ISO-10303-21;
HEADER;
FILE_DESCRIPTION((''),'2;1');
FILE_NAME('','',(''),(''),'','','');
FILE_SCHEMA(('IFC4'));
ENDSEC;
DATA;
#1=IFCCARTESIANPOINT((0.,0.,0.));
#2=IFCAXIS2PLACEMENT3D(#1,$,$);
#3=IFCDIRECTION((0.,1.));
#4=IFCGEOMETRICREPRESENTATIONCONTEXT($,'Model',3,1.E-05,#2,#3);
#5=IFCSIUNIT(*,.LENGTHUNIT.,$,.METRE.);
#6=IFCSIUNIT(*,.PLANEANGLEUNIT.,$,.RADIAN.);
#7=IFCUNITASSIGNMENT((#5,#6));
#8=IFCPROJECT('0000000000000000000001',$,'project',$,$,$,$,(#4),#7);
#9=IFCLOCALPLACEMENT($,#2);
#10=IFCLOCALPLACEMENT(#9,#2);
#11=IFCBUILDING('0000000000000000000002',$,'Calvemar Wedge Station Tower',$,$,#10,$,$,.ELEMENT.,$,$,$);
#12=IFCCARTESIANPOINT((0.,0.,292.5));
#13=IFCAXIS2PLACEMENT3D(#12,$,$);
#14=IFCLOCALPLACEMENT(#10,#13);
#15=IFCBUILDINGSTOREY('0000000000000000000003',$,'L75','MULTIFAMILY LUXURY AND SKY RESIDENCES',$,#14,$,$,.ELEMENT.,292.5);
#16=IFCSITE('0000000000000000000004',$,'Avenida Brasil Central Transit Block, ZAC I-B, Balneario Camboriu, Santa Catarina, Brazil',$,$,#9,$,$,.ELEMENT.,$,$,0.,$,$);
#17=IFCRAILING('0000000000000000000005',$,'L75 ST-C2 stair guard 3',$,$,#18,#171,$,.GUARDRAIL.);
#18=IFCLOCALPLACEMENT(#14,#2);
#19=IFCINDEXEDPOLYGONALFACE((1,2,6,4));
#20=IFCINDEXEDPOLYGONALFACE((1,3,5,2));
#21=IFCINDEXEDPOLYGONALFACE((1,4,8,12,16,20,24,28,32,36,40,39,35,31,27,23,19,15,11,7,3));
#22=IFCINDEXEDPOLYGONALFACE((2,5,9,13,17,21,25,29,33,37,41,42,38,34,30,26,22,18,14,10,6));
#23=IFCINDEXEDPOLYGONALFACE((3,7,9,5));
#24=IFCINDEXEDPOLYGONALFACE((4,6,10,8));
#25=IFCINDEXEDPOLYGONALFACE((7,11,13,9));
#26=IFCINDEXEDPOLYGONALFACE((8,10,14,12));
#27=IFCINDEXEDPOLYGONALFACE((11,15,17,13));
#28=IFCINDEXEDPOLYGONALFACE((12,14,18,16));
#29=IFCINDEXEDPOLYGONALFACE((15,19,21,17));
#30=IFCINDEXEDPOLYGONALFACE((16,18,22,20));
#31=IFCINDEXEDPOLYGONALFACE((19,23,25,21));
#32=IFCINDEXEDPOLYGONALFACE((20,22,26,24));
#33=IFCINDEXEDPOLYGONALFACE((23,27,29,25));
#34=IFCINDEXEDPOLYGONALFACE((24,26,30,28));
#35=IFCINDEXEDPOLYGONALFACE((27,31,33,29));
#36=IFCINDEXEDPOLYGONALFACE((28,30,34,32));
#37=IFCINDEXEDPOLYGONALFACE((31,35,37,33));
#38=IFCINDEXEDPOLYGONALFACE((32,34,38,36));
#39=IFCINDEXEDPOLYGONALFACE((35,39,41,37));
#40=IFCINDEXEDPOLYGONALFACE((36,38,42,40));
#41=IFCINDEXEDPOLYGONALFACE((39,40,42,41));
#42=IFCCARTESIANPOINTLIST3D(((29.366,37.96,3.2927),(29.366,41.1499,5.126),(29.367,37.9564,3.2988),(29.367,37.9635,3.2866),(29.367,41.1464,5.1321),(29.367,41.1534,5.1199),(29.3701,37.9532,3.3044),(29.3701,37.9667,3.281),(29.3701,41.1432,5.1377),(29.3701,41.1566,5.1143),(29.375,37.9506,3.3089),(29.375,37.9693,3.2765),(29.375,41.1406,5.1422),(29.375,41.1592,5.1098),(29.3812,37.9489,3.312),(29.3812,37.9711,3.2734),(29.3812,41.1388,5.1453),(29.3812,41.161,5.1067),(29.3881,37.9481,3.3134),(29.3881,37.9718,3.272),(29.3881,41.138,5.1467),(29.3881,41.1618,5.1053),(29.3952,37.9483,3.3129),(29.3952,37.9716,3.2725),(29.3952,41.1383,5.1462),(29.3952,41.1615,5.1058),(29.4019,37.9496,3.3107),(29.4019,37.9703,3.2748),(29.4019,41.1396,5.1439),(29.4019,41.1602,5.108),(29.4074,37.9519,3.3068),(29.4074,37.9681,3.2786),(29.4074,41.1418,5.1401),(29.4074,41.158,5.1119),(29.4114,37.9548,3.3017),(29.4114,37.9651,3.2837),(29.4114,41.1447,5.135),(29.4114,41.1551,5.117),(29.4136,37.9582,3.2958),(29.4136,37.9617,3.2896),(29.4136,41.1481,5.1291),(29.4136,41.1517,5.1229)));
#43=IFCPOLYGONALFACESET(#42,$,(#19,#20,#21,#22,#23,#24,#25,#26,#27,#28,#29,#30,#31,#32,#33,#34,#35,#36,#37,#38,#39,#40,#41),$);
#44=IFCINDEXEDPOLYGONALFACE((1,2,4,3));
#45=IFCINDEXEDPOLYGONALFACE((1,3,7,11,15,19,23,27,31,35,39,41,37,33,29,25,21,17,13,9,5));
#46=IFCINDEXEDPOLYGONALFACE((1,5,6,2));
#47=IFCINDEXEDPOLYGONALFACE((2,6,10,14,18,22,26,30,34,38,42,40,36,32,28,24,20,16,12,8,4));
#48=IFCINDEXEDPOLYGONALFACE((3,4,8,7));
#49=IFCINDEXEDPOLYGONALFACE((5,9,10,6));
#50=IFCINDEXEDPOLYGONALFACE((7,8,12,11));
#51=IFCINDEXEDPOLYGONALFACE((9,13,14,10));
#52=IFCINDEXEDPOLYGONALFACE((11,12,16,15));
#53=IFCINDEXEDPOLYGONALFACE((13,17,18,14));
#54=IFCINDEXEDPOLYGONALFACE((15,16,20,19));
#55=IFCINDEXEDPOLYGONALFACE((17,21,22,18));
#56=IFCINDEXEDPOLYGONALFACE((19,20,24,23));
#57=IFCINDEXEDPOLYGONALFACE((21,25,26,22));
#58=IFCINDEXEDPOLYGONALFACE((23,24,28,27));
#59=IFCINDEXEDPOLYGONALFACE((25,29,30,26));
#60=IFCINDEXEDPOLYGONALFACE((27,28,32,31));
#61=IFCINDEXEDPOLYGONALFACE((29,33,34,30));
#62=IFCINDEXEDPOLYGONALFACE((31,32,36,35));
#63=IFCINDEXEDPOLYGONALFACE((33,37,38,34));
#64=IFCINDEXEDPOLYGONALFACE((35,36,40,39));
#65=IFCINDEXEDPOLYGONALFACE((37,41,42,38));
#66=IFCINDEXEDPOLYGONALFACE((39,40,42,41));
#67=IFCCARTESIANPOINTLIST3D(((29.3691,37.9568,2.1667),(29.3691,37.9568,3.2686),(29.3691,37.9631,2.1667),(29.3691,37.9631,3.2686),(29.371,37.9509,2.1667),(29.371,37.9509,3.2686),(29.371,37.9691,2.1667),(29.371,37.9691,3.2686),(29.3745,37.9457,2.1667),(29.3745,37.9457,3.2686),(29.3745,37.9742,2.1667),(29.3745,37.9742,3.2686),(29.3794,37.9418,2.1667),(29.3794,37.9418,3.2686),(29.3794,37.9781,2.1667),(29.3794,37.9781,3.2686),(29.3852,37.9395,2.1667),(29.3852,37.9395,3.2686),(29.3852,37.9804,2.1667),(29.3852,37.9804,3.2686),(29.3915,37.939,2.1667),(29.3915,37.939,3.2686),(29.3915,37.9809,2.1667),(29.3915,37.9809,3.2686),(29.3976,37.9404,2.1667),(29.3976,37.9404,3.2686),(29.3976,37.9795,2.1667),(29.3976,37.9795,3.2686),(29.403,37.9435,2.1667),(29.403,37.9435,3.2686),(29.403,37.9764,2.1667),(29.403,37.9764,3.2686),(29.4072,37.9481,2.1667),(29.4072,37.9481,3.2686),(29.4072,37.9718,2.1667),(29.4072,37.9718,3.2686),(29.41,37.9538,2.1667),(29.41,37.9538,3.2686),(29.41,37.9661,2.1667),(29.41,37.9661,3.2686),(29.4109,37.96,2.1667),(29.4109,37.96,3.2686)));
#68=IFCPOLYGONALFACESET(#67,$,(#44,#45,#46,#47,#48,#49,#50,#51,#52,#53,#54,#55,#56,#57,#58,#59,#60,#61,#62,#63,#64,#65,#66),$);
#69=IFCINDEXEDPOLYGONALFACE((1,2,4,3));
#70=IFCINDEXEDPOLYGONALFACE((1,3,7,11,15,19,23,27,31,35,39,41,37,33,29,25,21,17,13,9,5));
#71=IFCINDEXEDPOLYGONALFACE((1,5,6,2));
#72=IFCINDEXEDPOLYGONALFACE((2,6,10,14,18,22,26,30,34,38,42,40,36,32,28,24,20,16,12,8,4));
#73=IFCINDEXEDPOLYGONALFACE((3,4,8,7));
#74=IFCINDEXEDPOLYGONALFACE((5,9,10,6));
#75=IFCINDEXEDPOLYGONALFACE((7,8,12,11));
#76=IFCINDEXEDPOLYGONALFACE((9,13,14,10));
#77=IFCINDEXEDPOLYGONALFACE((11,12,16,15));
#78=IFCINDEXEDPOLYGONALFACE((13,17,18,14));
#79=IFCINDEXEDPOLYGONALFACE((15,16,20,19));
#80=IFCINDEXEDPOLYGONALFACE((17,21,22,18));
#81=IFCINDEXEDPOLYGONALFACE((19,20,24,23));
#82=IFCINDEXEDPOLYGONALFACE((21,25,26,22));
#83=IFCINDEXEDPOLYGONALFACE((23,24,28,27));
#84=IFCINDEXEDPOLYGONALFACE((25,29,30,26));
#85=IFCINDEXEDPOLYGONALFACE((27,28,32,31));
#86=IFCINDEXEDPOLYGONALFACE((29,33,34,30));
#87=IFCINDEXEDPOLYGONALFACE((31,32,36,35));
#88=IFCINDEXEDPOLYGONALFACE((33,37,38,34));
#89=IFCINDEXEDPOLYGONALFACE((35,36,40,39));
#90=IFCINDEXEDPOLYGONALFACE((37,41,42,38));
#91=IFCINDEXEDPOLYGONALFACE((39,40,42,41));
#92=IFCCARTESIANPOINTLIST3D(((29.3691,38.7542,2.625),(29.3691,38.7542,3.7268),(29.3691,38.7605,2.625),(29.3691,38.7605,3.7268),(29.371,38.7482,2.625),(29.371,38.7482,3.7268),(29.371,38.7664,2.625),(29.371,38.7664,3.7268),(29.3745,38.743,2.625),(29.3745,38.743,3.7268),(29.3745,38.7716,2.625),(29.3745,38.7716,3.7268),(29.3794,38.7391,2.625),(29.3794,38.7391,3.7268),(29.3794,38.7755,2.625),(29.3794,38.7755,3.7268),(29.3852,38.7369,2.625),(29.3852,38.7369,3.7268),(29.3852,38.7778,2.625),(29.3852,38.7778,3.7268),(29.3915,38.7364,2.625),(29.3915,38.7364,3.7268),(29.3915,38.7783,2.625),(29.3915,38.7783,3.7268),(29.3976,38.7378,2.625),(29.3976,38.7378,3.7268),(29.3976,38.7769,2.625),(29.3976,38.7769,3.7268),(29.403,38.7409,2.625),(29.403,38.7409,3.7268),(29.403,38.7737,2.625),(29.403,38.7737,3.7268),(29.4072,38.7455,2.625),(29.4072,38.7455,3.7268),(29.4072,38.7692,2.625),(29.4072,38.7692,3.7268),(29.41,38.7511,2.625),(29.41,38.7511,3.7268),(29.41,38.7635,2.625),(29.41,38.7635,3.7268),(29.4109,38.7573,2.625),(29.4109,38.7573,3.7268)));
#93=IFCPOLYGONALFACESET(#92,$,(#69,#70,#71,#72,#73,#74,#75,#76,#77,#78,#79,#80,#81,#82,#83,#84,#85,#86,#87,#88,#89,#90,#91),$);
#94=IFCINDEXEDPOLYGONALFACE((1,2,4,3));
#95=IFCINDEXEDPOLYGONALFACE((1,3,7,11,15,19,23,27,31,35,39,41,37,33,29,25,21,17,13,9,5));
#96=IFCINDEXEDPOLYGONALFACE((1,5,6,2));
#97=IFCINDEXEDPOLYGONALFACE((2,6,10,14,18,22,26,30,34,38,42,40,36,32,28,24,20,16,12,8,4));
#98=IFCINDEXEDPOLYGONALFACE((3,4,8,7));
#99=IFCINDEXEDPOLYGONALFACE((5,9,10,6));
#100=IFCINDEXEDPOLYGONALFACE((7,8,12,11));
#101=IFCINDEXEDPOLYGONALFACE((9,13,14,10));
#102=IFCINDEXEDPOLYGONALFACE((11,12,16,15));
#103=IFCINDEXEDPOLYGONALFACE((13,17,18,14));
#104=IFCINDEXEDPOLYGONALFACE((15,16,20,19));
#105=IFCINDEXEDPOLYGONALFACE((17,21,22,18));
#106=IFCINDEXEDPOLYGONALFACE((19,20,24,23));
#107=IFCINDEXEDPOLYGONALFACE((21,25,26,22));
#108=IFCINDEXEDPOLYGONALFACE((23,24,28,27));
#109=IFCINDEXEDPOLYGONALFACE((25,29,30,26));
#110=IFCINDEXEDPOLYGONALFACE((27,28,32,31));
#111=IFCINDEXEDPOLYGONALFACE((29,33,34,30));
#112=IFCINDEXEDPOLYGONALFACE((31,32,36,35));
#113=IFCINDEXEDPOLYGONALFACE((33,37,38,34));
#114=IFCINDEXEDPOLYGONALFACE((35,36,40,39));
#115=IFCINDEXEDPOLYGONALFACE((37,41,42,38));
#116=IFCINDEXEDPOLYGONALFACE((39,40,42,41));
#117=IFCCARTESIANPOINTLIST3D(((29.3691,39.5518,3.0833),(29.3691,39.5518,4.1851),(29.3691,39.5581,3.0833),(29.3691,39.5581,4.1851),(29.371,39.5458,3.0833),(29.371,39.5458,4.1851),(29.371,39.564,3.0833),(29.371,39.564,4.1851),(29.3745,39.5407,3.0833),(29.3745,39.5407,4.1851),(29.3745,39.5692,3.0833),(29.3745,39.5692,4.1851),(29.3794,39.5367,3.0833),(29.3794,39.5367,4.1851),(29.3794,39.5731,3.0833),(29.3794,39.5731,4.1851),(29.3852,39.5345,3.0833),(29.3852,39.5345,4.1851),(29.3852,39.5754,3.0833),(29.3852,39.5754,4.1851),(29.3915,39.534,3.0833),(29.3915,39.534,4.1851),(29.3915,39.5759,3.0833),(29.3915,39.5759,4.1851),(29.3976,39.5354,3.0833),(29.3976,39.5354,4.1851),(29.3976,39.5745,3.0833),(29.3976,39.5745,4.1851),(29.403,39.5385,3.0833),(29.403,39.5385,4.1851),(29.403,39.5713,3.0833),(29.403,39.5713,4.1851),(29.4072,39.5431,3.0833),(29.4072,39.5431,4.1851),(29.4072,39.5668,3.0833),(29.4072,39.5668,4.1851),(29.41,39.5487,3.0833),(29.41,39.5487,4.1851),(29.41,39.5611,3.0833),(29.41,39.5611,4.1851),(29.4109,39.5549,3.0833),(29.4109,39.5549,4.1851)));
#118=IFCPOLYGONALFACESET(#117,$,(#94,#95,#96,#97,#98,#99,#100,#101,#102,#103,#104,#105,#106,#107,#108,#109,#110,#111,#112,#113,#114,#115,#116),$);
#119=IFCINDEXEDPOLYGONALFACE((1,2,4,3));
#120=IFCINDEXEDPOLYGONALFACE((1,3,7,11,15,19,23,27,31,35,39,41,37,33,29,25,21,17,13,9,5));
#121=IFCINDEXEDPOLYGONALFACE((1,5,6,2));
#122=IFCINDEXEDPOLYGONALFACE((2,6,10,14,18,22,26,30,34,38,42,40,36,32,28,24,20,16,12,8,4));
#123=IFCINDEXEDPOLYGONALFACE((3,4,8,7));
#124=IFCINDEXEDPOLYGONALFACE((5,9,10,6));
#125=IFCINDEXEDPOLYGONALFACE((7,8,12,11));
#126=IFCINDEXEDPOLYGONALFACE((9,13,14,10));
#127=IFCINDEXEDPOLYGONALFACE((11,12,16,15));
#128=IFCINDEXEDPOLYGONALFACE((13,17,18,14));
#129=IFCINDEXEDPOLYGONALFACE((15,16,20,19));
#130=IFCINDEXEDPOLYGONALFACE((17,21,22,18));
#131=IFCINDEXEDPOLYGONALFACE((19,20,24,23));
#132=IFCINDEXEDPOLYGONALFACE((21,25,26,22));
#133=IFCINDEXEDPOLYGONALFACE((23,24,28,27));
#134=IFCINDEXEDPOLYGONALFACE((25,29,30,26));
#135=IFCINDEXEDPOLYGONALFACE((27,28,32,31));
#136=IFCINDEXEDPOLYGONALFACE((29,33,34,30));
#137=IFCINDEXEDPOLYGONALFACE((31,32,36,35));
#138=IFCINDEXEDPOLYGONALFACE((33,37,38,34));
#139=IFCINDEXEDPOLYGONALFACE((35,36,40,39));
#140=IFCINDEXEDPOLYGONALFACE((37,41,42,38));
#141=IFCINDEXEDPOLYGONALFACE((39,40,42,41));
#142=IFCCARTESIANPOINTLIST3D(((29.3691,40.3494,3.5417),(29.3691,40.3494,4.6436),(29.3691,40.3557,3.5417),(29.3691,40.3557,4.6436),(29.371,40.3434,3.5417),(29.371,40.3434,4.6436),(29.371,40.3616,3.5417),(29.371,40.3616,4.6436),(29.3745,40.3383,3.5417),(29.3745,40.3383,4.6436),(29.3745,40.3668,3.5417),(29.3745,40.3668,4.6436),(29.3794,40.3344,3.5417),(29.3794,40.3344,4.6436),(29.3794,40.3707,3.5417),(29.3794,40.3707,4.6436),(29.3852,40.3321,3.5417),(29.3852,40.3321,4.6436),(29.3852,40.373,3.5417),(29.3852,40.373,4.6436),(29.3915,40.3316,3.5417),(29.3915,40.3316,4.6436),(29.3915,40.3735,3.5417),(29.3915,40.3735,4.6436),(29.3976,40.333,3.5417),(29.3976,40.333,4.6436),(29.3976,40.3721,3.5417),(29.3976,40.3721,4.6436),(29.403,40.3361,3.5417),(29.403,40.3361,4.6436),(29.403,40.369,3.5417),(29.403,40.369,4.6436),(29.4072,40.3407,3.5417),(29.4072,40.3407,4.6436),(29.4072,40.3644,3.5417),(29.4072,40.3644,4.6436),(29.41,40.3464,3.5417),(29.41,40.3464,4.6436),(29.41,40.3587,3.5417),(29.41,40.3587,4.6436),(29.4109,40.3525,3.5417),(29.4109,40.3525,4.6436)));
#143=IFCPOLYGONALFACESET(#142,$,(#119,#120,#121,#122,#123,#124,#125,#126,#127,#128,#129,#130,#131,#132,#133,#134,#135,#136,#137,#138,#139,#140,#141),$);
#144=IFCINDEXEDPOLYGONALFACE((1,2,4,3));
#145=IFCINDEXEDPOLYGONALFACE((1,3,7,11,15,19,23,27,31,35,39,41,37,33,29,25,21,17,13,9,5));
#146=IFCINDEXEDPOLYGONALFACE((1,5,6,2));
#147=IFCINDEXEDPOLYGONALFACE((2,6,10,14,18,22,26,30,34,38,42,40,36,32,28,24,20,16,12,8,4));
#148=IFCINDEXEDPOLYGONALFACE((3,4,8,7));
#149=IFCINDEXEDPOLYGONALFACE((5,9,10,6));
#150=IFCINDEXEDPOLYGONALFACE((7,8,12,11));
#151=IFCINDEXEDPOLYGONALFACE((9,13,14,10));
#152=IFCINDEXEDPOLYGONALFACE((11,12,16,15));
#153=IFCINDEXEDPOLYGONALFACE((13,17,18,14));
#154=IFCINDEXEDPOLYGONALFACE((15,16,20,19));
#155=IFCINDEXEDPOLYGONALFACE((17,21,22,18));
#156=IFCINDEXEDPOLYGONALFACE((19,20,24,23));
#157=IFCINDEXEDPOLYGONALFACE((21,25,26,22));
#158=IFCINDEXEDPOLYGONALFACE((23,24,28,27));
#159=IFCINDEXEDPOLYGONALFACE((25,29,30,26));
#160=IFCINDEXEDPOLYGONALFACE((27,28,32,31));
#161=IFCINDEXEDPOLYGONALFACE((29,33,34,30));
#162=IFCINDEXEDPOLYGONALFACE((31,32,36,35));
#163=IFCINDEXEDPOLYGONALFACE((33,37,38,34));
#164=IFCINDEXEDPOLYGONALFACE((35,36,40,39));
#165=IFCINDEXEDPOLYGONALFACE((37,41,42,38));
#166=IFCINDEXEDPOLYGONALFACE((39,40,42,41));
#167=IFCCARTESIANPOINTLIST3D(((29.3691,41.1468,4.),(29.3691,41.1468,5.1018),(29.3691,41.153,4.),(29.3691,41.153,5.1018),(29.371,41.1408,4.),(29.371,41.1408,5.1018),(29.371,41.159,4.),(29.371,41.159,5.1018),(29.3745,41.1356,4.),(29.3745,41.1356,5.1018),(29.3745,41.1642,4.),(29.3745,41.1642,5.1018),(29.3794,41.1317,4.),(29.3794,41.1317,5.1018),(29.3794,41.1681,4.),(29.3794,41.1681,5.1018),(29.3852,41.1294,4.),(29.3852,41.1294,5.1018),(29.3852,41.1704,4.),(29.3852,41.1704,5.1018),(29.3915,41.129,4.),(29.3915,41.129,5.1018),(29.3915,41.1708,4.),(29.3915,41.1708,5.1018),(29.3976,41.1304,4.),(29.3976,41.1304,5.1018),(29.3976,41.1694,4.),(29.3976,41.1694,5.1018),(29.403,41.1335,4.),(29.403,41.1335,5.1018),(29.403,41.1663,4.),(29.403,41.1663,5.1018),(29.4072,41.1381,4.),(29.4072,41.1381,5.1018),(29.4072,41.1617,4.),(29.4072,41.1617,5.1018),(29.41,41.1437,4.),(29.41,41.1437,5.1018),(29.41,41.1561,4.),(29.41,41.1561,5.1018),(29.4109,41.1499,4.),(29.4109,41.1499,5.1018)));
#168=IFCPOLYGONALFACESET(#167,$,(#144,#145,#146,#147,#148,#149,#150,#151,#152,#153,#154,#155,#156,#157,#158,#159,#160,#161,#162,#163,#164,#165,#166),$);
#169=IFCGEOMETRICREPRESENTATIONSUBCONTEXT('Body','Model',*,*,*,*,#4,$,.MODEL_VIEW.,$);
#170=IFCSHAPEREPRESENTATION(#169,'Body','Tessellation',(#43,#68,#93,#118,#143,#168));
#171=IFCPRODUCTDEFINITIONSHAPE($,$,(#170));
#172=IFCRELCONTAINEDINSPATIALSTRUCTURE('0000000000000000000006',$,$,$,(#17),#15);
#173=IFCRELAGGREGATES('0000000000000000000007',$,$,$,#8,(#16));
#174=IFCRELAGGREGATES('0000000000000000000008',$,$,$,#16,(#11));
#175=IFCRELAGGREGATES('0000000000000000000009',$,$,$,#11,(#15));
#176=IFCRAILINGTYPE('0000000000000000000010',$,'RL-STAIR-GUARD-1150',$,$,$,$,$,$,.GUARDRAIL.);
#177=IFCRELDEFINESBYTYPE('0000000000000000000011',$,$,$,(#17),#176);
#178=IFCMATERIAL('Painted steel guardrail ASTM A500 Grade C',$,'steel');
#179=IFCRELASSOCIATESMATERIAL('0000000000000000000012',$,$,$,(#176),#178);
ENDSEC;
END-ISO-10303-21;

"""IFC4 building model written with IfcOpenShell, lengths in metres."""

from ifc_helpers import new_model, si_unit, direction, frame, origin, origin_2d, place, context, subcontext, project, spatial, circle, extrude, material, type_object, element, save


model = new_model("IFC4")

# Units and contexts
model_context = context("Model", 3, precision=1e-05, world=origin(), true_north=direction((0.0, 1.0)))
body_context = subcontext(model_context, "Body", "Model", "MODEL_VIEW")
ifc_project = project(units=[si_unit("LENGTHUNIT", "METRE"), si_unit("PLANEANGLEUNIT", "RADIAN")], contexts=[model_context])

# Site, building, storey
site_placement = place(None, origin())
site = spatial("IfcSite", under=ifc_project, at=site_placement, Name="Avenida Brasil Central Transit Block, ZAC I-B, Balneario Camboriu, Santa Catarina, Brazil", CompositionType="ELEMENT", RefElevation=0.0)
building_placement = place(site_placement, origin())
building = spatial("IfcBuilding", under=site, at=building_placement, Name="Calvemar Wedge Station Tower", CompositionType="ELEMENT")
storey_placement = place(building_placement, frame((0.0, 0.0, 292.5)))
storey = spatial("IfcBuildingStorey", under=building, at=storey_placement, Name="L75", Description="MULTIFAMILY LUXURY AND SKY RESIDENCES", CompositionType="ELEMENT", Elevation=292.5)

# Railing
ifc_material_1 = material(Name="Painted steel guardrail ASTM A500 Grade C", Category="steel")
railing_type_1 = type_object("IfcRailingType", Name="RL-STAIR-GUARD-1150", PredefinedType="GUARDRAIL", material=ifc_material_1)
railing_1_placement = place(storey_placement, frame((29.3899, 37.96, 2.1667)))
element("IfcRailing", 1, at=railing_1_placement, inside=storey, type_object=railing_type_1, Name="L75 ST-C2 stair guard 3", PredefinedType="GUARDRAIL", context=body_context, shape_type="SweptSolid", body=[
    extrude(circle(Radius=0.0239, at=origin_2d()), frame((0.0, 0.0, 1.126), z_axis=(0.0, 0.86702, 0.498274), x_axis=(-1.0, 0.0, 0.0)), (0.0, 0.0, 1.0), 3.6792),
    extrude(circle(Radius=0.021, at=origin_2d()), origin(), (0.0, 0.0, 1.0), 1.1018),
    extrude(circle(Radius=0.021, at=origin_2d()), frame((0.0, 0.7974, 0.4583)), (0.0, 0.0, 1.0), 1.1018),
    extrude(circle(Radius=0.021, at=origin_2d()), frame((0.0, 1.595, 0.9165)), (0.0, 0.0, 1.0), 1.1018),
    extrude(circle(Radius=0.021, at=origin_2d()), frame((0.0, 2.3926, 1.375)), (0.0, 0.0, 1.0), 1.1018),
    extrude(circle(Radius=0.021, at=origin_2d()), frame((0.0, 3.1899, 1.8333)), (0.0, 0.0, 1.0), 1.1018),
])

save(model, "model.ifc")
